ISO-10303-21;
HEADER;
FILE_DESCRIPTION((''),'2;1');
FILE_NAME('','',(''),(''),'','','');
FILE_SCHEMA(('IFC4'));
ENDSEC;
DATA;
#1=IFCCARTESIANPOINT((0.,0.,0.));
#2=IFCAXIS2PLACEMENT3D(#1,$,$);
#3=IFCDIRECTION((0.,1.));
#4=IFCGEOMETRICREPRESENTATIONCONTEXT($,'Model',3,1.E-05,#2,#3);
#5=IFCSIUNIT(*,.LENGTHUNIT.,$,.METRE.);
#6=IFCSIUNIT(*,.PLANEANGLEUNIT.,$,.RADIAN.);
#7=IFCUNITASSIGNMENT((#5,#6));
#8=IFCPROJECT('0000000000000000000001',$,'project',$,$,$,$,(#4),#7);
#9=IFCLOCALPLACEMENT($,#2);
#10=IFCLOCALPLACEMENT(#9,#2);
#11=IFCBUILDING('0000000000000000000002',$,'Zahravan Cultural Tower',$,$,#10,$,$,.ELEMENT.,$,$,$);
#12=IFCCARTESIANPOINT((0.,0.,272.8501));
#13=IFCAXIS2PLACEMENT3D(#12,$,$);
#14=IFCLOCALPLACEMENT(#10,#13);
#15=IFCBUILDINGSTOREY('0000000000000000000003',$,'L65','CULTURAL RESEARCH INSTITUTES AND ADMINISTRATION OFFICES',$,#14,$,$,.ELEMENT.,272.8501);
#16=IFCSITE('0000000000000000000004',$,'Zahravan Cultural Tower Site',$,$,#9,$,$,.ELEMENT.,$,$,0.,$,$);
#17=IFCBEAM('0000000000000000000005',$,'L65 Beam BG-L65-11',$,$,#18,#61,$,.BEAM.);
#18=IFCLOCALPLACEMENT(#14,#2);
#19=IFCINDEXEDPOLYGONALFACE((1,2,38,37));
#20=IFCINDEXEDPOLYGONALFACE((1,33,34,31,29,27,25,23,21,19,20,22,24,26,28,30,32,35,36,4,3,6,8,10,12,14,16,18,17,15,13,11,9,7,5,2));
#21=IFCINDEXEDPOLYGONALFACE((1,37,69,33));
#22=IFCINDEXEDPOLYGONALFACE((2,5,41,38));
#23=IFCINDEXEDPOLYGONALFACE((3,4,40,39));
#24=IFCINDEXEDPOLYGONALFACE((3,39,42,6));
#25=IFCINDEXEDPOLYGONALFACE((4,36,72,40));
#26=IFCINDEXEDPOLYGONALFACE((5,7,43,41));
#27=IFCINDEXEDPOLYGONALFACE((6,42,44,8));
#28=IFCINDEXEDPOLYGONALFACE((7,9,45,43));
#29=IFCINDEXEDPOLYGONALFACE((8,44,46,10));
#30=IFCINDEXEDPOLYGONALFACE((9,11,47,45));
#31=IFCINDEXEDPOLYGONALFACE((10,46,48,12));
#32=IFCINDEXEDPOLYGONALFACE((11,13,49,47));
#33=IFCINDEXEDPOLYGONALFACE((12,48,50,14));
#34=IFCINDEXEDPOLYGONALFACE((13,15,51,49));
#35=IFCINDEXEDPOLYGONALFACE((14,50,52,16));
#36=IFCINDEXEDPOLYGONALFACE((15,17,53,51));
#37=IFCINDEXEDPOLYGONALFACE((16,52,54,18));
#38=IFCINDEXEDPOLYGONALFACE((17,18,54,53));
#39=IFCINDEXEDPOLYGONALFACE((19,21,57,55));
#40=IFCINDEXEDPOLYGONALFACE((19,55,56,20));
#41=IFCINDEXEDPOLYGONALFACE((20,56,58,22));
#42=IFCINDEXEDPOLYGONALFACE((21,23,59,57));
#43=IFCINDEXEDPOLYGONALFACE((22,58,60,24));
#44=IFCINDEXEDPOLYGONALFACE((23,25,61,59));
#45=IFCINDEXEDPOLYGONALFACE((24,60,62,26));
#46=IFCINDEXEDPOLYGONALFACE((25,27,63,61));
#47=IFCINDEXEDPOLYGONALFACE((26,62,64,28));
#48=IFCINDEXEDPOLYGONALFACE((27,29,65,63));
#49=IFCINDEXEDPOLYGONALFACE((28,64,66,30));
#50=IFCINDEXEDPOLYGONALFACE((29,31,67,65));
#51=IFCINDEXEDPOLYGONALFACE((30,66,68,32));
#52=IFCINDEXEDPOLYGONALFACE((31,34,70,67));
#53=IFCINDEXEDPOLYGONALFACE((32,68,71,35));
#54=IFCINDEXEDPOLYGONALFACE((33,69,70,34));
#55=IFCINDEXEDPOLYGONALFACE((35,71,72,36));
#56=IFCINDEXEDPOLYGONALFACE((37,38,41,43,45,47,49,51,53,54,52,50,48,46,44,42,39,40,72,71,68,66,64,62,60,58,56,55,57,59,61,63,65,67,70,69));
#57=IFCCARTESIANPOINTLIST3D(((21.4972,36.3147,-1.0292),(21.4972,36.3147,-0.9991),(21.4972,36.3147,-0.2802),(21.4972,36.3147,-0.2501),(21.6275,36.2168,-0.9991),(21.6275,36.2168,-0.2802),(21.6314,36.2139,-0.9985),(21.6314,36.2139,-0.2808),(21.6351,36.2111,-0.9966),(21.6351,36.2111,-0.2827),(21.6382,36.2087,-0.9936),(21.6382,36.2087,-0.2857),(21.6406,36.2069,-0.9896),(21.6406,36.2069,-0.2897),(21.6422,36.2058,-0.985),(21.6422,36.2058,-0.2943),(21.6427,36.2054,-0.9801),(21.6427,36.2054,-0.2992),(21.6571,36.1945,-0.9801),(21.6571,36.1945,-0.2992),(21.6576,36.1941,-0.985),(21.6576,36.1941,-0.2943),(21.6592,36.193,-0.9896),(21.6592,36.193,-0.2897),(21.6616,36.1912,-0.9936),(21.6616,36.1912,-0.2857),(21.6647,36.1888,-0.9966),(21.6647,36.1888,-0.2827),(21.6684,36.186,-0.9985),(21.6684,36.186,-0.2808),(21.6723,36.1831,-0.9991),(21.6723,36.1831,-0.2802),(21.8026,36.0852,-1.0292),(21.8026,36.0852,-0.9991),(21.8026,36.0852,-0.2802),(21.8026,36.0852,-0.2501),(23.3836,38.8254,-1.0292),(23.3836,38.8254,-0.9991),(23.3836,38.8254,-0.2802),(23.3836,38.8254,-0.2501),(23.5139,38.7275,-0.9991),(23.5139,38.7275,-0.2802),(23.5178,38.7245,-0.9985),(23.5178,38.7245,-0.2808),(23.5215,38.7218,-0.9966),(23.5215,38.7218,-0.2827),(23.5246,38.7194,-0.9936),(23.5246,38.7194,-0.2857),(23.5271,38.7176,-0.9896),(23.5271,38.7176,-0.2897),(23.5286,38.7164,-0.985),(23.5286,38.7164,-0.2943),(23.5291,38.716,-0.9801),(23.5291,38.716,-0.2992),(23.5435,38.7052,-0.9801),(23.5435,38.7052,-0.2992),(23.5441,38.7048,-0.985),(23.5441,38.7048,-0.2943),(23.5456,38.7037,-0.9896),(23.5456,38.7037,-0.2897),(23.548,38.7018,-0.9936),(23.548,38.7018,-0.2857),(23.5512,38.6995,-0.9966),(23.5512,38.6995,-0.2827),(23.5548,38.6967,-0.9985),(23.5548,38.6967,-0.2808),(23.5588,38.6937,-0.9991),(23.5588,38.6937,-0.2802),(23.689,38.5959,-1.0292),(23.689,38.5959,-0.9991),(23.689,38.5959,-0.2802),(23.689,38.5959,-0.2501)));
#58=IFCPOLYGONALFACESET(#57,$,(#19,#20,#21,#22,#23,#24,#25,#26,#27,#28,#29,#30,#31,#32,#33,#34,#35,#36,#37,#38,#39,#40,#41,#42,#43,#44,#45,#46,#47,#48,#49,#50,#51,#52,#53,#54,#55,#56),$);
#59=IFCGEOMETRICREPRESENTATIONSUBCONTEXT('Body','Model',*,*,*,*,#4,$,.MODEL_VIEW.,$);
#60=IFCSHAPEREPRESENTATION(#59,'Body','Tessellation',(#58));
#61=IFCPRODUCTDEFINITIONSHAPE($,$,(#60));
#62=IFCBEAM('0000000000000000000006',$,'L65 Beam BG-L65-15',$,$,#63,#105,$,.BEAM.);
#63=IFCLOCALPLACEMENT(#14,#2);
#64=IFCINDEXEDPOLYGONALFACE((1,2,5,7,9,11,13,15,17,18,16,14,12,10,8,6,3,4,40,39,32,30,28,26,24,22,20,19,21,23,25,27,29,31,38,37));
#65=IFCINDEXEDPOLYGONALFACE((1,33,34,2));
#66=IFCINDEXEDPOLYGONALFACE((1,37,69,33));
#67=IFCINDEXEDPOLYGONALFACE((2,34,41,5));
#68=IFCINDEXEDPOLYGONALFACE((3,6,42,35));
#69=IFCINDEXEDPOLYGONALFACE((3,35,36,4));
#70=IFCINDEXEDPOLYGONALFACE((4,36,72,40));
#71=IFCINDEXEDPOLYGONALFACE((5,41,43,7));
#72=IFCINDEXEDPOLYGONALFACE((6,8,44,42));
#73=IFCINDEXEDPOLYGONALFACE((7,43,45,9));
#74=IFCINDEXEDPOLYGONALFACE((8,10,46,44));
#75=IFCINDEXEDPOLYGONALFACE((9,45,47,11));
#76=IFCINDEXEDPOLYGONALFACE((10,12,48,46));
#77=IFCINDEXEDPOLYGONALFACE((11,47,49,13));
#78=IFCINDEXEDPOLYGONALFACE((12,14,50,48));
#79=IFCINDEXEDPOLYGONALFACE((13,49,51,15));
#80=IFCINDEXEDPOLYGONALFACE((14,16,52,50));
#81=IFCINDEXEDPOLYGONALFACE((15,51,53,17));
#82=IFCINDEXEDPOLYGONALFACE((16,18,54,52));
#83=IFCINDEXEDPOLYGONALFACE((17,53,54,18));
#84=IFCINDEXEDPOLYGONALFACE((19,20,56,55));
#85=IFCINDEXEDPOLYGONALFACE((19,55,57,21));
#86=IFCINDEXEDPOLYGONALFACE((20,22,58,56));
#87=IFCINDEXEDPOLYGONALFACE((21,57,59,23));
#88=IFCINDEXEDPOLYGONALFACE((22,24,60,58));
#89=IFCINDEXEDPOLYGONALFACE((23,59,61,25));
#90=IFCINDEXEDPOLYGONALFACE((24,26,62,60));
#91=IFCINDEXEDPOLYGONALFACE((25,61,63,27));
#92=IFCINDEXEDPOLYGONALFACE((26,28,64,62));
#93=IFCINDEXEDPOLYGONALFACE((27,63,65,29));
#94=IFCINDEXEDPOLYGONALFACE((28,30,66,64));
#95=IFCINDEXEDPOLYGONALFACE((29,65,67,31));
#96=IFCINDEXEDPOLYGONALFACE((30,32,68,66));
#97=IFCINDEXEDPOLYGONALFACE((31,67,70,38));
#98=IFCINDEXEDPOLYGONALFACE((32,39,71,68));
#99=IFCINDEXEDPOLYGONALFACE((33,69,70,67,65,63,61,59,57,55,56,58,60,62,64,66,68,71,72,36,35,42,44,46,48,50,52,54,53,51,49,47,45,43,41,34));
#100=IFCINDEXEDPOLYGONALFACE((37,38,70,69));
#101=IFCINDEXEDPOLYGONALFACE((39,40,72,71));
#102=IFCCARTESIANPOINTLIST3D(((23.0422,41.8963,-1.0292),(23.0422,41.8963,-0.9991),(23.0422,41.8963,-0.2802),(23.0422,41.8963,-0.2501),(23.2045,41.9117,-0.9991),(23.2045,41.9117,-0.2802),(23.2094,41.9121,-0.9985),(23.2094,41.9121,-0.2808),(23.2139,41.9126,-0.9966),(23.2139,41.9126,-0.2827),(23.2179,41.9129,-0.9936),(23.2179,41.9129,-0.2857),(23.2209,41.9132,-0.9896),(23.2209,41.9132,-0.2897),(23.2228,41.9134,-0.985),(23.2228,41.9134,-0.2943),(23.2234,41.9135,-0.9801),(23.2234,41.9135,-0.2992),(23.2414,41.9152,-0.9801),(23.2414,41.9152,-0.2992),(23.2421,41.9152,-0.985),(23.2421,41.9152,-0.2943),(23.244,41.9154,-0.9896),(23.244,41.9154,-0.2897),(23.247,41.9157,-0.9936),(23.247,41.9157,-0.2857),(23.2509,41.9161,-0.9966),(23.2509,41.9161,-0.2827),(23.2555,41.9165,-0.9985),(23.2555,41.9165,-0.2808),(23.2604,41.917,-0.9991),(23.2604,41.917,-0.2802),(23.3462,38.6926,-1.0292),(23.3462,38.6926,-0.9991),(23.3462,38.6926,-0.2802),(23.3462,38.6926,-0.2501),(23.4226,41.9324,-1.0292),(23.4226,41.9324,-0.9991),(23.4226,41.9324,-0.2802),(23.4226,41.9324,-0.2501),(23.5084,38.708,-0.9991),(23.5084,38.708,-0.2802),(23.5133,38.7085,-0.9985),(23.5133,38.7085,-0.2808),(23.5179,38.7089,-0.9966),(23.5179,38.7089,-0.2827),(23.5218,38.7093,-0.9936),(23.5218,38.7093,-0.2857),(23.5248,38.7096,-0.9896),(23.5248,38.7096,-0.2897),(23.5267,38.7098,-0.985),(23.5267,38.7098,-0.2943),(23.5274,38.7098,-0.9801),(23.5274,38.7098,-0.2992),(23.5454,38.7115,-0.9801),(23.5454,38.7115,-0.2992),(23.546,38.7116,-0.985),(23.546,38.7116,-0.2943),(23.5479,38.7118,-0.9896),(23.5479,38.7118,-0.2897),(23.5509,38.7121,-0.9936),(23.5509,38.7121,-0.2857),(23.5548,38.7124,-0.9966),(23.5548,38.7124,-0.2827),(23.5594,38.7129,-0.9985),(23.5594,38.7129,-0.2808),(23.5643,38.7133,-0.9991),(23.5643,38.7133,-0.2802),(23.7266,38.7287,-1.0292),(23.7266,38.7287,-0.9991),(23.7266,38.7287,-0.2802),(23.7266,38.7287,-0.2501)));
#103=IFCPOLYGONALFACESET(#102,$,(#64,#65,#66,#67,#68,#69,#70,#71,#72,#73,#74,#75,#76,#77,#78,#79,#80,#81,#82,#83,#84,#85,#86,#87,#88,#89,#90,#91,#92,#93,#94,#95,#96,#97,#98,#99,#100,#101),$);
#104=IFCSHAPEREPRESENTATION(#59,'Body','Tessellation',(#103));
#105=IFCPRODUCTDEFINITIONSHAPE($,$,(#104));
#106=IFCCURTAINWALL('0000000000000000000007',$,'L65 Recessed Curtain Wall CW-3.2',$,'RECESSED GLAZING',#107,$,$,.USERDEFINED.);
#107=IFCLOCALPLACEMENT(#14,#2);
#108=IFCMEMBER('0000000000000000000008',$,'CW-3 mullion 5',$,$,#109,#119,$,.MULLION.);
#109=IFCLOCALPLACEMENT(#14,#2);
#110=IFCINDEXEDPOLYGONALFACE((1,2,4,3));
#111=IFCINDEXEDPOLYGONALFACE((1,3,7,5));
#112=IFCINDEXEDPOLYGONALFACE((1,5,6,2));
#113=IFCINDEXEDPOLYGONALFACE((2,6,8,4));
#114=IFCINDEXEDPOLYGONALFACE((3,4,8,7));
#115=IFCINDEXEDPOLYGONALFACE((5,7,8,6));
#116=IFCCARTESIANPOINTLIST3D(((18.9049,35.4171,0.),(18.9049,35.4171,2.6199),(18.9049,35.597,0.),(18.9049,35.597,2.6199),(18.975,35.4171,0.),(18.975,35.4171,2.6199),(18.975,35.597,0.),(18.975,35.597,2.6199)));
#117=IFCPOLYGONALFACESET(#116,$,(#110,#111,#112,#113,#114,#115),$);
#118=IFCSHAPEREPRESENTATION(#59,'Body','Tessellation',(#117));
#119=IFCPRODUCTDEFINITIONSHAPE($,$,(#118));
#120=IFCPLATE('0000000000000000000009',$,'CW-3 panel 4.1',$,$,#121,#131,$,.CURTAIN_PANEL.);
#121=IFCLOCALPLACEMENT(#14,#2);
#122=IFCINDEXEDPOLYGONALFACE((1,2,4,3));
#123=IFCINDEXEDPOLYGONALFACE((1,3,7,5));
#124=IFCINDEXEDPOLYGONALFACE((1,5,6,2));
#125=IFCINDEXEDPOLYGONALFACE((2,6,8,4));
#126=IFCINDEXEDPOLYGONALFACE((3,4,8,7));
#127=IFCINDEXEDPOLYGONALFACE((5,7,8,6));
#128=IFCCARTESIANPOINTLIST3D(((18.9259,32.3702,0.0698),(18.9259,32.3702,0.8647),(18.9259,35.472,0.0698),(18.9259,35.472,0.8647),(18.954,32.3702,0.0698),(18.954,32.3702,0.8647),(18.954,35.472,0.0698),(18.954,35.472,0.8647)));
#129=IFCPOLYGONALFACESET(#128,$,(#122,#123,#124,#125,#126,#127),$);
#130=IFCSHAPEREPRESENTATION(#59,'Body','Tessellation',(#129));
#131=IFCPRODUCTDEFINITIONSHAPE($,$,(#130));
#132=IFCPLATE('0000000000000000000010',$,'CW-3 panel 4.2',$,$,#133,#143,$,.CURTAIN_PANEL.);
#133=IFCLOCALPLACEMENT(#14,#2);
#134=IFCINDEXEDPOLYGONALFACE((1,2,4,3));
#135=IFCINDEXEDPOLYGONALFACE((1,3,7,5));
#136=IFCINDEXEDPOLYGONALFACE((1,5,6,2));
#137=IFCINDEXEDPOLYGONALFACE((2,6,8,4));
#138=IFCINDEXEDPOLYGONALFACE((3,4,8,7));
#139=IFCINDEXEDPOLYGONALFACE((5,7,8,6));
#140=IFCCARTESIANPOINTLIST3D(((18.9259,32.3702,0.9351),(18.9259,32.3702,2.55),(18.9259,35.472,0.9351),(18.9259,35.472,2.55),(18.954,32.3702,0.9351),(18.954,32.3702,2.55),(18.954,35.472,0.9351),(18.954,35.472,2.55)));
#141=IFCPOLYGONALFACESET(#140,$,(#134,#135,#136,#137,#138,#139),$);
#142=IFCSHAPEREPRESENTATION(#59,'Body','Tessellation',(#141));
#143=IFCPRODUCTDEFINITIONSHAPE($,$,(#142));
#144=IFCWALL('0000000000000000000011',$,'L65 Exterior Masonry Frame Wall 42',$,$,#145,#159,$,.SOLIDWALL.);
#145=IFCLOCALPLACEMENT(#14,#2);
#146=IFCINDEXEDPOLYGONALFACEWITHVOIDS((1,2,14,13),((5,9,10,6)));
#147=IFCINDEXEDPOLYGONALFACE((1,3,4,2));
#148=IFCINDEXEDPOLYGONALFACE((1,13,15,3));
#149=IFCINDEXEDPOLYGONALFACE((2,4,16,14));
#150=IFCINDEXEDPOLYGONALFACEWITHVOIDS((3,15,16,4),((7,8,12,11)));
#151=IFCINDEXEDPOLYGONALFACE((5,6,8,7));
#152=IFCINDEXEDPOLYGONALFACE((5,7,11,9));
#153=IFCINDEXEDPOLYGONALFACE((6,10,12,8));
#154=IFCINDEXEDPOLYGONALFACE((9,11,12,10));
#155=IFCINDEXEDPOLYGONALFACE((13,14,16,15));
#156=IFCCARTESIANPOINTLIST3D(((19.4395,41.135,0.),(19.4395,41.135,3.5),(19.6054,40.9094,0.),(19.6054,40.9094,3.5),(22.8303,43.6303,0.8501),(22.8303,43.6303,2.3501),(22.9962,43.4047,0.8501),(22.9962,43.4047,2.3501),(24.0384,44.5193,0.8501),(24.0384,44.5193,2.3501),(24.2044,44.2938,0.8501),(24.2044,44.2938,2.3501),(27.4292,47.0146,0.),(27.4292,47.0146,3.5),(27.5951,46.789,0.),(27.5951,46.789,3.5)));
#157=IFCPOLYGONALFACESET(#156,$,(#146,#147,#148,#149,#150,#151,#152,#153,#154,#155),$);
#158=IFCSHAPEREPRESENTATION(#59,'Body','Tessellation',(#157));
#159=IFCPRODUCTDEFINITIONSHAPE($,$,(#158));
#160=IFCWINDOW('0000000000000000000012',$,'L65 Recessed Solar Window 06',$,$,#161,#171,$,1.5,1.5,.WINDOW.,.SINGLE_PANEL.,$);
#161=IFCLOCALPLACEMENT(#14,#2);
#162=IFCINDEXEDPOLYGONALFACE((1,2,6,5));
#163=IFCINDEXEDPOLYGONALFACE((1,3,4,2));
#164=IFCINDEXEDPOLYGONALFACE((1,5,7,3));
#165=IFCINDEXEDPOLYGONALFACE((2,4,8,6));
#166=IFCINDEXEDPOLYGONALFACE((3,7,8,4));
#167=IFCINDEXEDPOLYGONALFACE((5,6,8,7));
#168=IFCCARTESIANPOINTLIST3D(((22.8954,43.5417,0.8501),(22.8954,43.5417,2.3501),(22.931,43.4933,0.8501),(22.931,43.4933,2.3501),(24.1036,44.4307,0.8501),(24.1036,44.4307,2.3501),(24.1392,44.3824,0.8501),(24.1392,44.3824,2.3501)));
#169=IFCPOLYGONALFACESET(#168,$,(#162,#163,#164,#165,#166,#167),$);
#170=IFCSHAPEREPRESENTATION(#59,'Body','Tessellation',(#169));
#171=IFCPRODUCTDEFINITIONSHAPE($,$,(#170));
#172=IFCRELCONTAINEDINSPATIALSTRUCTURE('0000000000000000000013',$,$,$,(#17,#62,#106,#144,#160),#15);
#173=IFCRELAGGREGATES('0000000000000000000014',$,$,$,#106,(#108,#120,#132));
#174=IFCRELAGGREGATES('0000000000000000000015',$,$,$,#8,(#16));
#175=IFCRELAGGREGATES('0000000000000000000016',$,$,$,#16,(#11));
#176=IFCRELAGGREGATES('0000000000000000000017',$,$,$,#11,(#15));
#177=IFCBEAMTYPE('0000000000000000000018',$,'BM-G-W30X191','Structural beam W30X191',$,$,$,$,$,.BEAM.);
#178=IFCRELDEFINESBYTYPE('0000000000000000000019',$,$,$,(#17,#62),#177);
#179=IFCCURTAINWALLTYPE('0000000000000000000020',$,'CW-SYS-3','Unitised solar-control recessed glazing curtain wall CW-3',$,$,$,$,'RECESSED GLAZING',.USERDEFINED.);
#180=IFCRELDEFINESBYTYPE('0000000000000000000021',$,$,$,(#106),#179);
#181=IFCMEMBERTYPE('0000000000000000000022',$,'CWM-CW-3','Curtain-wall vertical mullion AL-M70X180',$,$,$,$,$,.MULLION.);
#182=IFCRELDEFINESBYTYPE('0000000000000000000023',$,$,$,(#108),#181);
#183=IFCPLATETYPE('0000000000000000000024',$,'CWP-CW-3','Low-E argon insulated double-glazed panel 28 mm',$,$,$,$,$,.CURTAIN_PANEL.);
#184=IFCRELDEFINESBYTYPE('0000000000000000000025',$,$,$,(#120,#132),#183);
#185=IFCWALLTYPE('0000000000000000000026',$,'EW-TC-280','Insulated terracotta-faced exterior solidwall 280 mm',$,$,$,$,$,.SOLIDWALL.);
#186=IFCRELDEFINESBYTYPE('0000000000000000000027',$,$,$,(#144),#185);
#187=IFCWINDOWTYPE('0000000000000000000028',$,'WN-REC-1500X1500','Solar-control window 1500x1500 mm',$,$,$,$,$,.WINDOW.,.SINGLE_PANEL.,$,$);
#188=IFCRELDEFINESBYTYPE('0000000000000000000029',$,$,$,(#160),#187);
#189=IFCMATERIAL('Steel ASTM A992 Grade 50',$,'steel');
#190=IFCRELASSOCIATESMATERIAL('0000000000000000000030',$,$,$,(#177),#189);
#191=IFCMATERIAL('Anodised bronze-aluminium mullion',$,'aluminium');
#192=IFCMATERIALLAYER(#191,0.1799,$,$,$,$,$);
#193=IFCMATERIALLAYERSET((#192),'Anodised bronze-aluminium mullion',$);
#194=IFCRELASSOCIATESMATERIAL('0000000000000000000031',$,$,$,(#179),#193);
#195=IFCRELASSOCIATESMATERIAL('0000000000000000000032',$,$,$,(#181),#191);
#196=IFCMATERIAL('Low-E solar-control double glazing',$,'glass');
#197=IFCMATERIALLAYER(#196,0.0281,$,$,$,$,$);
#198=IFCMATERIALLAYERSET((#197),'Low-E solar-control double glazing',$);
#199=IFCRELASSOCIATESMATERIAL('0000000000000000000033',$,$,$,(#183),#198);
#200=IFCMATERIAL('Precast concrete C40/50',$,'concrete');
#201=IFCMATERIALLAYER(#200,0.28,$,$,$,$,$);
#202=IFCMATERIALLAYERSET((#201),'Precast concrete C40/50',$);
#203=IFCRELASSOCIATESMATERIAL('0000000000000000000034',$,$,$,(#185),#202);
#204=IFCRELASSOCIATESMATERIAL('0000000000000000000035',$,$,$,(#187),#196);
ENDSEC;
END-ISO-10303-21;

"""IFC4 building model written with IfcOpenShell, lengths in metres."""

from ifc_helpers import new_model, si_unit, direction, frame, frame_2d, origin, origin_2d, place, context, subcontext, project, spatial, rectangle, i_section, extrude, source, transform, mapped, material, layer, layer_set, material_profile, profile_set, type_object, element, fill, aggregate, save


model = new_model("IFC4")

# Units and contexts
model_context = context("Model", 3, precision=1e-05, world=origin(), true_north=direction((0.0, 1.0)))
body_context = subcontext(model_context, "Body", "Model", "MODEL_VIEW")
ifc_project = project(units=[si_unit("LENGTHUNIT", "METRE"), si_unit("PLANEANGLEUNIT", "RADIAN")], contexts=[model_context])

# Site, building, storey
site_placement = place(None, origin())
site = spatial("IfcSite", under=ifc_project, at=site_placement, Name="Zahravan Cultural Tower Site", CompositionType="ELEMENT", RefElevation=0.0)
building_placement = place(site_placement, origin())
building = spatial("IfcBuilding", under=site, at=building_placement, Name="Zahravan Cultural Tower", CompositionType="ELEMENT")
storey_placement = place(building_placement, frame((0.0, 0.0, 272.8501)))
storey = spatial("IfcBuildingStorey", under=building, at=storey_placement, Name="L65", Description="CULTURAL RESEARCH INSTITUTES AND ADMINISTRATION OFFICES", CompositionType="ELEMENT", Elevation=272.8501)

# Shared definitions
ifc_material_1 = material(Name="Steel ASTM A992 Grade 50", Category="steel")

# Beams
ifc_material_profile_1 = material_profile(ifc_material_1, i_section(OverallWidth=0.3821, OverallDepth=0.7791, WebThickness=0.0181, FlangeThickness=0.03, FilletRadius=0.019, at=origin_2d()), Name="W30X191")
ifc_profile_set_1 = profile_set([ifc_material_profile_1], Name="Steel ASTM A992 Grade 50")
beam_type_1 = type_object("IfcBeamType", Name="BM-G-W30X191", Description="Structural beam W30X191", PredefinedType="BEAM", material=ifc_profile_set_1)
shared_shape_1 = source(origin(), body_context, "Body", "SweptSolid", [
    extrude(i_section(OverallWidth=0.3821, OverallDepth=0.7791, WebThickness=0.0181, FlangeThickness=0.03, FilletRadius=0.019, at=origin_2d()), origin(), (0.0, 0.0, 1.0), 3.1404),
])
beam_1_placement = place(storey_placement, frame((21.6499, 36.2, -0.6396), z_axis=(0.600696, 0.799477, 0.0), x_axis=(-0.799477, 0.600696, 0.0)))
element("IfcBeam", 1, at=beam_1_placement, inside=storey, type_object=beam_type_1, Name="L65 Beam BG-L65-11", PredefinedType="BEAM", context=body_context, shape_type="MappedRepresentation", body=[
    mapped(shared_shape_1, transform((0.0, 0.0, 0.0), x_axis=(1.0, 0.0, 0.0), y_axis=(0.0, 1.0, 0.0), z_axis=(0.0, 0.0, 1.0), scale=1.0)),
])
shared_shape_2 = source(origin(), body_context, "Body", "SweptSolid", [
    extrude(i_section(OverallWidth=0.3821, OverallDepth=0.7791, WebThickness=0.0181, FlangeThickness=0.03, FilletRadius=0.019, at=origin_2d()), origin(), (0.0, 0.0, 1.0), 3.218),
])
beam_2_placement = place(storey_placement, frame((23.5364, 38.7107, -0.6396), z_axis=(-0.094455, 0.995529, 0.0), x_axis=(-0.995529, -0.094455, 0.0)))
element("IfcBeam", 2, at=beam_2_placement, inside=storey, type_object=beam_type_1, Name="L65 Beam BG-L65-15", PredefinedType="BEAM", context=body_context, shape_type="MappedRepresentation", body=[
    mapped(shared_shape_2, transform((0.0, 0.0, 0.0), x_axis=(1.0, 0.0, 0.0), y_axis=(0.0, 1.0, 0.0), z_axis=(0.0, 0.0, 1.0), scale=1.0)),
])

# Curtain wall, member, plates
ifc_material_2 = material(Name="Anodised bronze-aluminium mullion", Category="aluminium")
ifc_layer_1 = layer(ifc_material_2, 0.1799)
ifc_layer_set_1 = layer_set([ifc_layer_1], Name="Anodised bronze-aluminium mullion")
curtain_wall_type = type_object("IfcCurtainWallType", Name="CW-SYS-3", Description="Unitised solar-control recessed glazing curtain wall CW-3", ElementType="RECESSED GLAZING", PredefinedType="USERDEFINED", material=ifc_layer_set_1)
curtain_wall_placement = place(storey_placement, origin())
curtain_wall = element("IfcCurtainWall", 3, at=curtain_wall_placement, inside=storey, type_object=curtain_wall_type, Name="L65 Recessed Curtain Wall CW-3.2", ObjectType="RECESSED GLAZING", PredefinedType="USERDEFINED")
ifc_material_profile_2 = material_profile(ifc_material_2, rectangle(XDim=0.0701, YDim=0.1799, at=origin_2d()), Name="AL-M70X180")
ifc_profile_set_2 = profile_set([ifc_material_profile_2], Name="Anodised bronze-aluminium mullion")
member_type = type_object("IfcMemberType", Name="CWM-CW-3", Description="Curtain-wall vertical mullion AL-M70X180", PredefinedType="MULLION", material=ifc_profile_set_2)
shared_shape_3 = source(origin(), body_context, "Body", "SweptSolid", [
    extrude(rectangle(XDim=0.0701, YDim=0.1799, at=origin_2d()), origin(), (0.0, 0.0, 1.0), 2.6199),
])
member_placement = place(storey_placement, frame((18.9399, 35.5071, 0.0), z_axis=(0.0, 0.0, 1.0), x_axis=(-1.0, 0.0, 0.0)))
member = element("IfcMember", 4, at=member_placement, type_object=member_type, Name="CW-3 mullion 5", PredefinedType="MULLION", context=body_context, shape_type="MappedRepresentation", body=[
    mapped(shared_shape_3, transform((0.0, 0.0, 0.0), x_axis=(1.0, 0.0, 0.0), y_axis=(0.0, 1.0, 0.0), z_axis=(0.0, 0.0, 1.0), scale=1.0)),
])
ifc_material_3 = material(Name="Low-E solar-control double glazing", Category="glass")
ifc_layer_2 = layer(ifc_material_3, 0.0281)
ifc_layer_set_2 = layer_set([ifc_layer_2], Name="Low-E solar-control double glazing")
plate_type = type_object("IfcPlateType", Name="CWP-CW-3", Description="Low-E argon insulated double-glazed panel 28 mm", PredefinedType="CURTAIN_PANEL", material=ifc_layer_set_2)
shared_shape_4 = source(origin(), body_context, "Body", "SweptSolid", [
    extrude(rectangle(XDim=3.1018, YDim=0.0281, at=origin_2d()), origin(), (0.0, 0.0, 1.0), 0.7949),
])
plate_1_placement = place(storey_placement, frame((18.9399, 33.9211, 0.0698), z_axis=(0.0, 0.0, 1.0), x_axis=(0.0, 1.0, 0.0)))
plate_1 = element("IfcPlate", 5, at=plate_1_placement, type_object=plate_type, Name="CW-3 panel 4.1", PredefinedType="CURTAIN_PANEL", context=body_context, shape_type="MappedRepresentation", body=[
    mapped(shared_shape_4, transform((0.0, 0.0, 0.0), x_axis=(1.0, 0.0, 0.0), y_axis=(0.0, 1.0, 0.0), z_axis=(0.0, 0.0, 1.0), scale=1.0)),
])
shared_shape_5 = source(origin(), body_context, "Body", "SweptSolid", [
    extrude(rectangle(XDim=3.1018, YDim=0.0281, at=origin_2d()), origin(), (0.0, 0.0, 1.0), 1.615),
])
plate_2_placement = place(storey_placement, frame((18.9399, 33.9211, 0.9351), z_axis=(0.0, 0.0, 1.0), x_axis=(0.0, 1.0, 0.0)))
plate_2 = element("IfcPlate", 6, at=plate_2_placement, type_object=plate_type, Name="CW-3 panel 4.2", PredefinedType="CURTAIN_PANEL", context=body_context, shape_type="MappedRepresentation", body=[
    mapped(shared_shape_5, transform((0.0, 0.0, 0.0), x_axis=(1.0, 0.0, 0.0), y_axis=(0.0, 1.0, 0.0), z_axis=(0.0, 0.0, 1.0), scale=1.0)),
])
aggregate(curtain_wall, [member, plate_1, plate_2])

# Wall, opening, window
ifc_material_4 = material(Name="Precast concrete C40/50", Category="concrete")
ifc_layer_3 = layer(ifc_material_4, 0.28)
ifc_layer_set_3 = layer_set([ifc_layer_3], Name="Precast concrete C40/50")
wall_type_1 = type_object("IfcWallType", Name="EW-TC-280", Description="Insulated terracotta-faced exterior solidwall 280 mm", PredefinedType="SOLIDWALL", material=ifc_layer_set_3)
wall_1_placement = place(storey_placement, frame((19.5225, 41.0222, 0.0), z_axis=(0.0, 0.0, 1.0), x_axis=(0.805419, 0.592706, 0.0)))
wall_1 = element("IfcWall", 7, at=wall_1_placement, inside=storey, type_object=wall_type_1, Name="L65 Exterior Masonry Frame Wall 42", PredefinedType="SOLIDWALL", context=body_context, shape_type="SweptSolid", body=[
    extrude(rectangle(XDim=9.9199, YDim=0.28, at=frame_2d((4.96, 0.0))), origin(), (0.0, 0.0, 1.0), 3.5),
])
opening_placement = place(wall_1_placement, frame((4.21, 0.0, 0.8501)))
opening = element("IfcOpeningElement", 8, at=opening_placement, cuts=wall_1, PredefinedType="OPENING", context=body_context, shape_type="SweptSolid", body=[
    extrude(rectangle(XDim=1.5, YDim=1.5, at=frame_2d((0.75, 0.75))), frame((0.0, 0.1499, 0.0), z_axis=(0.0, -1.0, 0.0), x_axis=(1.0, 0.0, 0.0)), (0.0, 0.0, 1.0), 0.3),
])
window_type = type_object("IfcWindowType", Name="WN-REC-1500X1500", Description="Solar-control window 1500x1500 mm", PartitioningType="SINGLE_PANEL", PredefinedType="WINDOW", material=ifc_material_3)
shared_shape_6 = source(origin(), body_context, "Body", "SweptSolid", [
    extrude(rectangle(XDim=1.5, YDim=1.5, at=frame_2d((0.75, 0.75))), frame((0.0, 0.03, 0.0), z_axis=(0.0, -1.0, 0.0), x_axis=(1.0, 0.0, 0.0)), (0.0, 0.0, 1.0), 0.0601),
])
window_placement = place(opening_placement, origin())
window = element("IfcWindow", 9, at=window_placement, inside=storey, type_object=window_type, Name="L65 Recessed Solar Window 06", OverallHeight=1.5, OverallWidth=1.5, PartitioningType="SINGLE_PANEL", PredefinedType="WINDOW", context=body_context, shape_type="MappedRepresentation", body=[
    mapped(shared_shape_6, transform((0.0, 0.0, 0.0), x_axis=(1.0, 0.0, 0.0), y_axis=(0.0, 1.0, 0.0), z_axis=(0.0, 0.0, 1.0), scale=1.0)),
])
fill(opening, window)

save(model, "model.ifc")
